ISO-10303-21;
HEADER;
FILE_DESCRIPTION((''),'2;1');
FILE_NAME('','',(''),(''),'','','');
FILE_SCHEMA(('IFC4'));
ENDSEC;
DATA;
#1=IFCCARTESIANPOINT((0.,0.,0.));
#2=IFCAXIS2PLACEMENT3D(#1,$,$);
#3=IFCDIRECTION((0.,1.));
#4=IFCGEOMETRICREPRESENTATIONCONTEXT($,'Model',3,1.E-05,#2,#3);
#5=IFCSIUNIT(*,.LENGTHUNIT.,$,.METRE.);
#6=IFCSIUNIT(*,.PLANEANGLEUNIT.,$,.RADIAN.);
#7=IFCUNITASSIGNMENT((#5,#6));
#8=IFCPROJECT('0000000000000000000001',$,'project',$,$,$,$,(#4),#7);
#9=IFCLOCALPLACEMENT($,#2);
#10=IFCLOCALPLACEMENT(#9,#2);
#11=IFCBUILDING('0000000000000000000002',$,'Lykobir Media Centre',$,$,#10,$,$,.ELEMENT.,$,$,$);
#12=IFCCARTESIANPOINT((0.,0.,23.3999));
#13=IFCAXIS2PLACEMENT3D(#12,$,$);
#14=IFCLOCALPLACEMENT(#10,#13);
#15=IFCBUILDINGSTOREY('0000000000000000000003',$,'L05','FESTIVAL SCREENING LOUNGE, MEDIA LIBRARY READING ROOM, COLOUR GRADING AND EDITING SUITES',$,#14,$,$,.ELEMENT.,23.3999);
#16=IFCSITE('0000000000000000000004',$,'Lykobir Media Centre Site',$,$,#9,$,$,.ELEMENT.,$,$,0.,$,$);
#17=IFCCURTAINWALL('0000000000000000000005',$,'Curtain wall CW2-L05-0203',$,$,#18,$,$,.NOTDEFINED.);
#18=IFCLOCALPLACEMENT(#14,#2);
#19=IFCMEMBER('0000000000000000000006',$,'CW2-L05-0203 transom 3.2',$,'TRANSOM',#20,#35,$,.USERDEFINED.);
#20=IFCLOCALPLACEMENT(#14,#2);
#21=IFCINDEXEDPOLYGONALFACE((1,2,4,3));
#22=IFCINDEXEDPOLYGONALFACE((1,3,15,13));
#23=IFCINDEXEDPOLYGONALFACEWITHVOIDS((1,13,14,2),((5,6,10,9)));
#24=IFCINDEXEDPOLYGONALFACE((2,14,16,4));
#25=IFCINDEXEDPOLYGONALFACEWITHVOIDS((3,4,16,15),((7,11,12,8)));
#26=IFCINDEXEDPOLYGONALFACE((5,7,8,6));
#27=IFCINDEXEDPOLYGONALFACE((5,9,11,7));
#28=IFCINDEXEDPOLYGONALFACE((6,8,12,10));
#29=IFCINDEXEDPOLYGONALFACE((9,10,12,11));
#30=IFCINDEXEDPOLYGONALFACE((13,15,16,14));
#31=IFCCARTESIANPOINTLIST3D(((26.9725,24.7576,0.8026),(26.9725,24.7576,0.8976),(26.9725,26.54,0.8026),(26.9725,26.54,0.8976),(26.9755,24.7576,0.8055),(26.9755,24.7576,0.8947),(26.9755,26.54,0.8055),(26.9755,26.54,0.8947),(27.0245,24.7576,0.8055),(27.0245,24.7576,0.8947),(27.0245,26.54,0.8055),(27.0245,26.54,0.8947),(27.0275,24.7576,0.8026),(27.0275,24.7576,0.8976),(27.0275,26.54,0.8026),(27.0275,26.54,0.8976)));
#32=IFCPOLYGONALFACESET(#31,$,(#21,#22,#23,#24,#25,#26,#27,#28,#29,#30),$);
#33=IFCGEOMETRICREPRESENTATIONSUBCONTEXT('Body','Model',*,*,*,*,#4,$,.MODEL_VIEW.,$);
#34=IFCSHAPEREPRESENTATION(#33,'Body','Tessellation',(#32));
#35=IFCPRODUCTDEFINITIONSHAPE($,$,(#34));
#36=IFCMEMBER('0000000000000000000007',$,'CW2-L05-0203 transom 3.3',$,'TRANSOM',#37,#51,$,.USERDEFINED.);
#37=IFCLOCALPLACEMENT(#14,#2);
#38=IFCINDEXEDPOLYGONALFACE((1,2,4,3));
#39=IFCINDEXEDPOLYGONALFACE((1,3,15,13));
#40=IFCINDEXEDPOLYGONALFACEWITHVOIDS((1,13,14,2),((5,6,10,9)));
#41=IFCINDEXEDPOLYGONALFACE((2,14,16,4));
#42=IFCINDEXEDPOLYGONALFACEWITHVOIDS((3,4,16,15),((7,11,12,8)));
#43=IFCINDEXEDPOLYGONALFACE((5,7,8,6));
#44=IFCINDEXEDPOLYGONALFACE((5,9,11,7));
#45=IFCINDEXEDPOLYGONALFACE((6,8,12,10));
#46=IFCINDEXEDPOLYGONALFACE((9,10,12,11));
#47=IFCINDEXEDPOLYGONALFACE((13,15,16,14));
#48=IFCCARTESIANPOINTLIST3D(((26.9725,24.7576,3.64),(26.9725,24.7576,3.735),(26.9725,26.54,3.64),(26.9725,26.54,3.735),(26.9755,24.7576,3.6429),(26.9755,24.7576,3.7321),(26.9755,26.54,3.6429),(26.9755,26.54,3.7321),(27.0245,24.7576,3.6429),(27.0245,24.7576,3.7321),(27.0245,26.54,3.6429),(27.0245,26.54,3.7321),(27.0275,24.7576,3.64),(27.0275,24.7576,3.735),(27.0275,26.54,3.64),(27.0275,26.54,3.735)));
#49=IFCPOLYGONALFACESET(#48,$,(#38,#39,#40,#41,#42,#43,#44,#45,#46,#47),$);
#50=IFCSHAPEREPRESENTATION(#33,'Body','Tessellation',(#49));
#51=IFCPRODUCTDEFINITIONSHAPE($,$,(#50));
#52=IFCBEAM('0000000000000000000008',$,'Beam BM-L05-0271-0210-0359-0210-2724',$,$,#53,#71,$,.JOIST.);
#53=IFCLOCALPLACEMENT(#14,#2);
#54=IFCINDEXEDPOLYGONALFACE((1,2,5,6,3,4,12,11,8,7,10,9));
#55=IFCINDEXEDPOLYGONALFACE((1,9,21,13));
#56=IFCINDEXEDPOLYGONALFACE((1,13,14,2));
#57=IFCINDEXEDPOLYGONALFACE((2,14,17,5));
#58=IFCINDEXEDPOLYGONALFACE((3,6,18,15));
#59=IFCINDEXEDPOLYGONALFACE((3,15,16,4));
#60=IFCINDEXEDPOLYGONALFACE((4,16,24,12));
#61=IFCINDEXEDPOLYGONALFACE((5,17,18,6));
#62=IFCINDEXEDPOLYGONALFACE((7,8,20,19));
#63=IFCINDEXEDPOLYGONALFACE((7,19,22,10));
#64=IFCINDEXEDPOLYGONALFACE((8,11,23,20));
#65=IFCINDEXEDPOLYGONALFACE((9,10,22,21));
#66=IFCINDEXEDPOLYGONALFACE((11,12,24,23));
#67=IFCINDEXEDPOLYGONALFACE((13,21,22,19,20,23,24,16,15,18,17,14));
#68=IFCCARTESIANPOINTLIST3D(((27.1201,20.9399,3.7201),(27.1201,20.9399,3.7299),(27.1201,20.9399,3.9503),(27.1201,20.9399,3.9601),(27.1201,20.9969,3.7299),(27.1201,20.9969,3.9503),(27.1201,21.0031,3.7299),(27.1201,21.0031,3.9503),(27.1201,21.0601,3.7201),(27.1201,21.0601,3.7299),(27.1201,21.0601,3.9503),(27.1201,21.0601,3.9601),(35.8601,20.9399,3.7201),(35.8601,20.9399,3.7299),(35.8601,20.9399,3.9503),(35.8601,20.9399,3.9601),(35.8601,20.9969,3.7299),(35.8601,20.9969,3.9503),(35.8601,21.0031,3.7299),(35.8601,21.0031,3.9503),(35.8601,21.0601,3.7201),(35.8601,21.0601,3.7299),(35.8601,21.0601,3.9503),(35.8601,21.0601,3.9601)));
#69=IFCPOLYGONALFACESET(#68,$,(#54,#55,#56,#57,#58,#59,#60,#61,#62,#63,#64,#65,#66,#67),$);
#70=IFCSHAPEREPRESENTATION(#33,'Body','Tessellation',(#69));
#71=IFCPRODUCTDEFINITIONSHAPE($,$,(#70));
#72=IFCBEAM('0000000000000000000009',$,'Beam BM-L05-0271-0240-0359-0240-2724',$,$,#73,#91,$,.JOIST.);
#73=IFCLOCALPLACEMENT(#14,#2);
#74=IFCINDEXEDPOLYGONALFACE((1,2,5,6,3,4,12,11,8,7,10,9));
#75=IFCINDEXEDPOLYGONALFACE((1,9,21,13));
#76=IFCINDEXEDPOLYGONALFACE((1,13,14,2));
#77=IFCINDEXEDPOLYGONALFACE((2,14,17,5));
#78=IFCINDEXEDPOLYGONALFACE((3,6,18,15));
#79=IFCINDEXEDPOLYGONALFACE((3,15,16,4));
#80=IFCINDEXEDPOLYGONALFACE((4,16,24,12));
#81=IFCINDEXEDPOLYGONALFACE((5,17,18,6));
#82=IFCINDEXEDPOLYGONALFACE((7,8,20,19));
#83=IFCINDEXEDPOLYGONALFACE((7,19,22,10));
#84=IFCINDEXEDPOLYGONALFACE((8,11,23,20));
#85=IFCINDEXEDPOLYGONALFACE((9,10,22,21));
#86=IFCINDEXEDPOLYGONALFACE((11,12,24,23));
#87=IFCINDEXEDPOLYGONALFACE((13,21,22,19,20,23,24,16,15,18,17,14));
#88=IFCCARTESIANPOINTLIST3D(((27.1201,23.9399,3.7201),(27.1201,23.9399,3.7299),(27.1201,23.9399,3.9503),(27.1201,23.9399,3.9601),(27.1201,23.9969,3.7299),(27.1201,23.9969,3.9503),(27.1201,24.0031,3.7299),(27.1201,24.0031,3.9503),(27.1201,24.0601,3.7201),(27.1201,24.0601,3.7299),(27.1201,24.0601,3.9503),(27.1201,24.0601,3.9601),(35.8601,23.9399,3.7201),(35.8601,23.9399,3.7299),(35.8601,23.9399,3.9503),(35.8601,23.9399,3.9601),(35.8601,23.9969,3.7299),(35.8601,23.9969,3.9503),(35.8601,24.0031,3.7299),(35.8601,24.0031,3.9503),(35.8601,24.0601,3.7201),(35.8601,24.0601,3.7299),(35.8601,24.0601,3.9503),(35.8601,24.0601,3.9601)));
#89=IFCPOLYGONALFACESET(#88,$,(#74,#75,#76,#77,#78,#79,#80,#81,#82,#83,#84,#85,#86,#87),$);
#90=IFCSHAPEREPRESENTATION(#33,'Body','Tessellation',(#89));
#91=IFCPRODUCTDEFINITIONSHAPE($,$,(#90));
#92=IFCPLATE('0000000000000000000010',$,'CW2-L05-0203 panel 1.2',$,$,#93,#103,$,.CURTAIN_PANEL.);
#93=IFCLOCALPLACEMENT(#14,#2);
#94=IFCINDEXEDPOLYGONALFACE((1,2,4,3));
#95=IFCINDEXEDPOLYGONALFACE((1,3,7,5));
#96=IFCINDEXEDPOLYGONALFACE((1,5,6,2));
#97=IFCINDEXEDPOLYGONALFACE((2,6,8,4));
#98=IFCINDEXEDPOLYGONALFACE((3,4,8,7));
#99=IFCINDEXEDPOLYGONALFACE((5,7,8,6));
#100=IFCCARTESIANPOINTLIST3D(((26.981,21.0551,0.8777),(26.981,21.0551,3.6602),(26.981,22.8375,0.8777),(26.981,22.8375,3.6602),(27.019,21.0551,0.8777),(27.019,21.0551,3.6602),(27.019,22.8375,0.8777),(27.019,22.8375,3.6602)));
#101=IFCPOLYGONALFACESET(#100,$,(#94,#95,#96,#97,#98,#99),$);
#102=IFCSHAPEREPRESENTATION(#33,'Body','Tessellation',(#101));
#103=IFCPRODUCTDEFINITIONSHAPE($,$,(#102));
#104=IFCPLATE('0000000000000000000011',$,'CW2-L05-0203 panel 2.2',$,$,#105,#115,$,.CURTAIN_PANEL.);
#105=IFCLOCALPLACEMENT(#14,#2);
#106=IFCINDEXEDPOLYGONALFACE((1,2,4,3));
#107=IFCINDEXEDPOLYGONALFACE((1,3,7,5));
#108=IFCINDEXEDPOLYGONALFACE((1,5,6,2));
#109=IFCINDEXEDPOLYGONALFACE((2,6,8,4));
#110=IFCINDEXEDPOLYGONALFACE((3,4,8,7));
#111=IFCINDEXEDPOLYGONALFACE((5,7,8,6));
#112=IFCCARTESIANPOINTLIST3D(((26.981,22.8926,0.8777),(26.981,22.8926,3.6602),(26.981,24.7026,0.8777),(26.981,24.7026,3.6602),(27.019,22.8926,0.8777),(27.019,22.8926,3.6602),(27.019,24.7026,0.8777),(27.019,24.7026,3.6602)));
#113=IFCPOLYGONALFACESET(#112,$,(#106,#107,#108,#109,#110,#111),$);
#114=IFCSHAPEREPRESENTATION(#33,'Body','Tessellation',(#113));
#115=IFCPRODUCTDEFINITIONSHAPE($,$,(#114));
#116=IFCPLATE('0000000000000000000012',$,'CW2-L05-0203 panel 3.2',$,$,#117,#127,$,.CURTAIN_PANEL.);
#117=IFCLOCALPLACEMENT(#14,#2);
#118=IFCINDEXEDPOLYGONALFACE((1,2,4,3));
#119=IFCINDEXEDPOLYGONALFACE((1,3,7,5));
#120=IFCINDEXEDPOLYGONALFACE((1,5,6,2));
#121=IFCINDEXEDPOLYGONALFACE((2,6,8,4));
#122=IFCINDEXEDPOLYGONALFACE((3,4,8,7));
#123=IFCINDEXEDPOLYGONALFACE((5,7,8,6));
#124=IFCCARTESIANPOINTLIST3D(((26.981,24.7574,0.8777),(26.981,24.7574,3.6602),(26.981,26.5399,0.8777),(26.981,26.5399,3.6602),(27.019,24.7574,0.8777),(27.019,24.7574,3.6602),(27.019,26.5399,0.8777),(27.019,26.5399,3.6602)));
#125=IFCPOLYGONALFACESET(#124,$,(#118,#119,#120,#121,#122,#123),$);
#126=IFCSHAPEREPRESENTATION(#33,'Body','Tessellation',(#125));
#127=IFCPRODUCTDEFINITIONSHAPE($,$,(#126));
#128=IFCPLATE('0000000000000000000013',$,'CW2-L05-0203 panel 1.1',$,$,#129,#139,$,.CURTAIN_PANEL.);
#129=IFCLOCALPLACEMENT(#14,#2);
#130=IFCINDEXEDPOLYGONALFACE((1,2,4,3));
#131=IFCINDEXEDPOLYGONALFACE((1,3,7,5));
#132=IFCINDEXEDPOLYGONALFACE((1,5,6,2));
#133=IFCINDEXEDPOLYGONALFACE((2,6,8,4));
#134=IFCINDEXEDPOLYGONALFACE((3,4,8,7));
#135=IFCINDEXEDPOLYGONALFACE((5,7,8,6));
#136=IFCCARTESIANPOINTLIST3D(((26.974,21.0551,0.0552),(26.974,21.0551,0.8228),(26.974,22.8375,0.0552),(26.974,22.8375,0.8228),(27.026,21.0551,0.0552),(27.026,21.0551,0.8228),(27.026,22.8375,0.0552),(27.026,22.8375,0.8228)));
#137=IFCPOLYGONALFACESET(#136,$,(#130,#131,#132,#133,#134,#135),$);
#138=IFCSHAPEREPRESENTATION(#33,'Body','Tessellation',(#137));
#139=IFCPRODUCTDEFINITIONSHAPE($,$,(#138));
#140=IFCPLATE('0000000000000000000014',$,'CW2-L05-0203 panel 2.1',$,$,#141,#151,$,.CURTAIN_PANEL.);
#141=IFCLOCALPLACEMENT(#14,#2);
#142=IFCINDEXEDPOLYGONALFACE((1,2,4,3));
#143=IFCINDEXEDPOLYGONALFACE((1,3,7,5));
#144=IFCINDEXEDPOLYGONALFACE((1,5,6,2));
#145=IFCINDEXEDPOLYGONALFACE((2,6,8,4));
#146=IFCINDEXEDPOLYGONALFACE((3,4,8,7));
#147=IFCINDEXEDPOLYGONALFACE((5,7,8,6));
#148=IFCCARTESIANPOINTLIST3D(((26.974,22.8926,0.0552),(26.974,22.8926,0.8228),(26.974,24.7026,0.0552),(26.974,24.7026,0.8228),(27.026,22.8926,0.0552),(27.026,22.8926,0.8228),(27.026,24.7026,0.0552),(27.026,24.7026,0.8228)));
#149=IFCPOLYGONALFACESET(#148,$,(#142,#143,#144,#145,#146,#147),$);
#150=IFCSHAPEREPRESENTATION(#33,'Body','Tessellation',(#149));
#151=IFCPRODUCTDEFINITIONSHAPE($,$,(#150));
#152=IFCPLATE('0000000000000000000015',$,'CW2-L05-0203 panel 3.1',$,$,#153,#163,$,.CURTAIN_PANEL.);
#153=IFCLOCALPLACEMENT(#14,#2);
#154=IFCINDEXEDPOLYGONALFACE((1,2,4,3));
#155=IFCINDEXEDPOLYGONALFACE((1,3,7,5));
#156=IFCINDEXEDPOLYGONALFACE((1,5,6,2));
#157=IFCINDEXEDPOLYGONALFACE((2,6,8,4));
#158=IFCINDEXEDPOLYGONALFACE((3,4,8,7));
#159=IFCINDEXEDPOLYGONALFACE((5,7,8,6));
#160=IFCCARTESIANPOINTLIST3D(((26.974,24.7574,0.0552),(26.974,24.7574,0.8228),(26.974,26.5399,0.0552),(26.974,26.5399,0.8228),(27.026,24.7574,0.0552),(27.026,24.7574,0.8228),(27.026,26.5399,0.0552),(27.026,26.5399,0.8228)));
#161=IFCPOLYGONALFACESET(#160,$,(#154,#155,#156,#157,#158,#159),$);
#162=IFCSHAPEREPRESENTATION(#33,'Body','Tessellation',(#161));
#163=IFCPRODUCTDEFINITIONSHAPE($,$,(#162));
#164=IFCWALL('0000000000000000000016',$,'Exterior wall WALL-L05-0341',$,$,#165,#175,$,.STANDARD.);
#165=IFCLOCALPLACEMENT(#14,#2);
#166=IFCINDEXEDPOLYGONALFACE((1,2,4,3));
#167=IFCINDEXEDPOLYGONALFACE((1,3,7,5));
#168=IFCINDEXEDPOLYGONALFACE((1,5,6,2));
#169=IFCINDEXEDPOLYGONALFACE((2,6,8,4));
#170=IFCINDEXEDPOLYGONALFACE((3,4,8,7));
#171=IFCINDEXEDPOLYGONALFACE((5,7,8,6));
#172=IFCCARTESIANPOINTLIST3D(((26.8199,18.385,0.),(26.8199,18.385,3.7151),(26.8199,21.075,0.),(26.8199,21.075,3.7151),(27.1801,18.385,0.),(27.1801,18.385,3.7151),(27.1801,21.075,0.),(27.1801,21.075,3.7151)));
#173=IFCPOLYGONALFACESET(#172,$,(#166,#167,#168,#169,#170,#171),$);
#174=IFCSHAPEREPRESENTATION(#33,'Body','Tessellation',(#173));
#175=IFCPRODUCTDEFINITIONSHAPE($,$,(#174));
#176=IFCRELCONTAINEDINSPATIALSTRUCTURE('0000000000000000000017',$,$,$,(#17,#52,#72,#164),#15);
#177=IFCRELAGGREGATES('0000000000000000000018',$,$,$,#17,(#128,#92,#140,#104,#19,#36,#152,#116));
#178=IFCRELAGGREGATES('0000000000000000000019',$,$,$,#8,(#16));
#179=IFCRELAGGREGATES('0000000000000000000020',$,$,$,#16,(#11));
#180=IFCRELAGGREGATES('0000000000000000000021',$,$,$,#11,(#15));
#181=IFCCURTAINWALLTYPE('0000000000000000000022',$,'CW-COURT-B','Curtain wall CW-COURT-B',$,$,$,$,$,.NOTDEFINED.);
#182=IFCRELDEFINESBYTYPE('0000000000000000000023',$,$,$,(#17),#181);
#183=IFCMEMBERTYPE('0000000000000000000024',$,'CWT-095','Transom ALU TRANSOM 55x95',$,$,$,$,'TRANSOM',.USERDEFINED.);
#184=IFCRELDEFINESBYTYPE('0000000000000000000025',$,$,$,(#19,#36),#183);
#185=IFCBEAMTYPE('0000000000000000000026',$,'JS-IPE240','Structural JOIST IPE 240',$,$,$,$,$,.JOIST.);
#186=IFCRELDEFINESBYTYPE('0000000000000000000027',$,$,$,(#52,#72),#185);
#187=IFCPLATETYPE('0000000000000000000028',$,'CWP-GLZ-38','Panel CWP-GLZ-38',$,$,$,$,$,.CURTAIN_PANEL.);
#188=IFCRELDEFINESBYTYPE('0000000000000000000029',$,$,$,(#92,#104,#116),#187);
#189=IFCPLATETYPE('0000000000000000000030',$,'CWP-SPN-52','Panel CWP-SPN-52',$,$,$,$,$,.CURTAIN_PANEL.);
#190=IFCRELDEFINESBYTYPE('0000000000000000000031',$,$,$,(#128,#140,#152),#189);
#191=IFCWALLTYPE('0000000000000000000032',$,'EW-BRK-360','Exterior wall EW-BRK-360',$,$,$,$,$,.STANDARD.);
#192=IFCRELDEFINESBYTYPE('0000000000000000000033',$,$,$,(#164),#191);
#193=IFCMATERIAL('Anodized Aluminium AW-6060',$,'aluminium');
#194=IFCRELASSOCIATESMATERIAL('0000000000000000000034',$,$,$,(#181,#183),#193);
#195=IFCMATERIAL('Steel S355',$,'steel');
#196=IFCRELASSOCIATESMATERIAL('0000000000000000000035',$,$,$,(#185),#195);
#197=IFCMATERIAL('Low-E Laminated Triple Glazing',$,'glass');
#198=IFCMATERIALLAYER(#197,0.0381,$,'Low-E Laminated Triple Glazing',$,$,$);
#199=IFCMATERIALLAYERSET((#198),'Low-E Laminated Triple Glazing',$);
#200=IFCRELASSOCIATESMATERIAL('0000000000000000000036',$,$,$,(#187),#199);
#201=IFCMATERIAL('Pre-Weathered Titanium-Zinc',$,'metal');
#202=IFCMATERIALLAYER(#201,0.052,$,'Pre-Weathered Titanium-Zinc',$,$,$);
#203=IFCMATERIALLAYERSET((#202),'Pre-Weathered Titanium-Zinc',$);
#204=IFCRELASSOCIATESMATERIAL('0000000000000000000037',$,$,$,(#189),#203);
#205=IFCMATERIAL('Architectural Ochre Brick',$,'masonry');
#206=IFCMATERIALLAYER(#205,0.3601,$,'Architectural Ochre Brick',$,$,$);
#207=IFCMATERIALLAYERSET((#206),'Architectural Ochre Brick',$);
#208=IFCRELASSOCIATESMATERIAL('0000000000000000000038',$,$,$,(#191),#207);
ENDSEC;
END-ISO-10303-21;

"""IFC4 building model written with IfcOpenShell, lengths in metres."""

from ifc_helpers import new_model, si_unit, direction, frame, frame_2d, origin, origin_2d, place, context, subcontext, project, spatial, rectangle, hollow_rectangle, i_section, extrude, material, layer, layer_set, material_profile, profile_set, type_object, element, aggregate, save


model = new_model("IFC4")

# Units and contexts
model_context = context("Model", 3, precision=1e-05, world=origin(), true_north=direction((0.0, 1.0)))
body_context = subcontext(model_context, "Body", "Model", "MODEL_VIEW")
ifc_project = project(units=[si_unit("LENGTHUNIT", "METRE"), si_unit("PLANEANGLEUNIT", "RADIAN")], contexts=[model_context])

# Site, building, storey
site_placement = place(None, origin())
site = spatial("IfcSite", under=ifc_project, at=site_placement, Name="Lykobir Media Centre Site", CompositionType="ELEMENT", RefElevation=0.0)
building_placement = place(site_placement, origin())
building = spatial("IfcBuilding", under=site, at=building_placement, Name="Lykobir Media Centre", CompositionType="ELEMENT")
storey_placement = place(building_placement, frame((0.0, 0.0, 23.3999)))
storey = spatial("IfcBuildingStorey", under=building, at=storey_placement, Name="L05", Description="FESTIVAL SCREENING LOUNGE, MEDIA LIBRARY READING ROOM, COLOUR GRADING AND EDITING SUITES", CompositionType="ELEMENT", Elevation=23.3999)

# Shared definitions
ifc_material_1 = material(Name="Steel S355", Category="steel")

# Curtain wall, members
ifc_material_2 = material(Name="Anodized Aluminium AW-6060", Category="aluminium")
curtain_wall_type = type_object("IfcCurtainWallType", Name="CW-COURT-B", Description="Curtain wall CW-COURT-B", PredefinedType="NOTDEFINED", material=ifc_material_2)
curtain_wall_placement = place(storey_placement, origin())
curtain_wall = element("IfcCurtainWall", 1, at=curtain_wall_placement, inside=storey, type_object=curtain_wall_type, Name="Curtain wall CW2-L05-0203", PredefinedType="NOTDEFINED")
ifc_material_profile_1 = material_profile(ifc_material_2, hollow_rectangle(XDim=0.0549, YDim=0.095, WallThickness=0.0029, at=origin_2d()), Name="ALU TRANSOM 55x95")
ifc_profile_set_1 = profile_set([ifc_material_profile_1], Name="Anodized Aluminium AW-6060")
member_type_1 = type_object("IfcMemberType", Name="CWT-095", Description="Transom ALU TRANSOM 55x95", ElementType="TRANSOM", PredefinedType="USERDEFINED", material=ifc_profile_set_1)
member_1_placement = place(storey_placement, frame((27.0, 24.7576, 0.8501), z_axis=(0.0, 1.0, 0.0), x_axis=(-1.0, 0.0, 0.0)))
member_1 = element("IfcMember", 2, at=member_1_placement, type_object=member_type_1, Name="CW2-L05-0203 transom 3.2", ObjectType="TRANSOM", PredefinedType="USERDEFINED", context=body_context, shape_type="SweptSolid", body=[
    extrude(hollow_rectangle(XDim=0.0549, YDim=0.095, WallThickness=0.0029, at=origin_2d()), origin(), (0.0, 0.0, 1.0), 1.7825),
])
member_2_placement = place(storey_placement, frame((27.0, 24.7576, 3.6875), z_axis=(0.0, 1.0, 0.0), x_axis=(-1.0, 0.0, 0.0)))
member_2 = element("IfcMember", 3, at=member_2_placement, type_object=member_type_1, Name="CW2-L05-0203 transom 3.3", ObjectType="TRANSOM", PredefinedType="USERDEFINED", context=body_context, shape_type="SweptSolid", body=[
    extrude(hollow_rectangle(XDim=0.0549, YDim=0.095, WallThickness=0.0029, at=origin_2d()), origin(), (0.0, 0.0, 1.0), 1.7825),
])

# Beams
ifc_material_profile_2 = material_profile(ifc_material_1, i_section(OverallWidth=0.1201, OverallDepth=0.24, WebThickness=0.0061, FlangeThickness=0.0098, at=origin_2d()), Name="IPE 240")
ifc_profile_set_2 = profile_set([ifc_material_profile_2], Name="Steel S355")
beam_type_1 = type_object("IfcBeamType", Name="JS-IPE240", Description="Structural JOIST IPE 240", PredefinedType="JOIST", material=ifc_profile_set_2)
for number, where, z_axis, x_axis, name in (
    (4, (27.1201, 21.0, 3.8401), (1.0, 0.0, 0.0), (0.0, 1.0, 0.0), "Beam BM-L05-0271-0210-0359-0210-2724"),
    (5, (27.1201, 24.0, 3.8401), (1.0, 0.0, 0.0), (0.0, 1.0, 0.0), "Beam BM-L05-0271-0240-0359-0240-2724"),
):
    element("IfcBeam", number, at=place(storey_placement, frame(where, z_axis=z_axis, x_axis=x_axis)), inside=storey, type_object=beam_type_1, Name=name, PredefinedType="JOIST", context=body_context, shape_type="SweptSolid", body=[
        extrude(i_section(OverallWidth=0.1201, OverallDepth=0.24, WebThickness=0.0061, FlangeThickness=0.0098, at=origin_2d()), origin(), (0.0, 0.0, 1.0), 8.74),
    ])

# Plates
ifc_material_3 = material(Name="Low-E Laminated Triple Glazing", Category="glass")
ifc_layer_1 = layer(ifc_material_3, 0.0381, Name="Low-E Laminated Triple Glazing")
ifc_layer_set_1 = layer_set([ifc_layer_1], Name="Low-E Laminated Triple Glazing")
plate_type_1 = type_object("IfcPlateType", Name="CWP-GLZ-38", Description="Panel CWP-GLZ-38", PredefinedType="CURTAIN_PANEL", material=ifc_layer_set_1)
plate_1_placement = place(storey_placement, frame((27.0, 21.9463, 0.8777), z_axis=(0.0, 0.0, 1.0), x_axis=(0.0, 1.0, 0.0)))
plate_1 = element("IfcPlate", 6, at=plate_1_placement, type_object=plate_type_1, Name="CW2-L05-0203 panel 1.2", PredefinedType="CURTAIN_PANEL", context=body_context, shape_type="SweptSolid", body=[
    extrude(rectangle(XDim=1.7825, YDim=0.0381, at=origin_2d()), origin(), (0.0, 0.0, 1.0), 2.7825),
])
plate_2_placement = place(storey_placement, frame((27.0, 23.7976, 0.8777), z_axis=(0.0, 0.0, 1.0), x_axis=(0.0, 1.0, 0.0)))
plate_2 = element("IfcPlate", 7, at=plate_2_placement, type_object=plate_type_1, Name="CW2-L05-0203 panel 2.2", PredefinedType="CURTAIN_PANEL", context=body_context, shape_type="SweptSolid", body=[
    extrude(rectangle(XDim=1.8101, YDim=0.0381, at=origin_2d()), origin(), (0.0, 0.0, 1.0), 2.7825),
])
plate_3_placement = place(storey_placement, frame((27.0, 25.6487, 0.8777), z_axis=(0.0, 0.0, 1.0), x_axis=(0.0, 1.0, 0.0)))
plate_3 = element("IfcPlate", 8, at=plate_3_placement, type_object=plate_type_1, Name="CW2-L05-0203 panel 3.2", PredefinedType="CURTAIN_PANEL", context=body_context, shape_type="SweptSolid", body=[
    extrude(rectangle(XDim=1.7825, YDim=0.0381, at=origin_2d()), origin(), (0.0, 0.0, 1.0), 2.7825),
])
ifc_material_4 = material(Name="Pre-Weathered Titanium-Zinc", Category="metal")
ifc_layer_2 = layer(ifc_material_4, 0.052, Name="Pre-Weathered Titanium-Zinc")
ifc_layer_set_2 = layer_set([ifc_layer_2], Name="Pre-Weathered Titanium-Zinc")
plate_type_2 = type_object("IfcPlateType", Name="CWP-SPN-52", Description="Panel CWP-SPN-52", PredefinedType="CURTAIN_PANEL", material=ifc_layer_set_2)
plate_4_placement = place(storey_placement, frame((27.0, 21.9463, 0.0552), z_axis=(0.0, 0.0, 1.0), x_axis=(0.0, 1.0, 0.0)))
plate_4 = element("IfcPlate", 9, at=plate_4_placement, type_object=plate_type_2, Name="CW2-L05-0203 panel 1.1", PredefinedType="CURTAIN_PANEL", context=body_context, shape_type="SweptSolid", body=[
    extrude(rectangle(XDim=1.7825, YDim=0.052, at=origin_2d()), origin(), (0.0, 0.0, 1.0), 0.7676),
])
plate_5_placement = place(storey_placement, frame((27.0, 23.7976, 0.0552), z_axis=(0.0, 0.0, 1.0), x_axis=(0.0, 1.0, 0.0)))
plate_5 = element("IfcPlate", 10, at=plate_5_placement, type_object=plate_type_2, Name="CW2-L05-0203 panel 2.1", PredefinedType="CURTAIN_PANEL", context=body_context, shape_type="SweptSolid", body=[
    extrude(rectangle(XDim=1.8101, YDim=0.052, at=origin_2d()), origin(), (0.0, 0.0, 1.0), 0.7676),
])
plate_6_placement = place(storey_placement, frame((27.0, 25.6487, 0.0552), z_axis=(0.0, 0.0, 1.0), x_axis=(0.0, 1.0, 0.0)))
plate_6 = element("IfcPlate", 11, at=plate_6_placement, type_object=plate_type_2, Name="CW2-L05-0203 panel 3.1", PredefinedType="CURTAIN_PANEL", context=body_context, shape_type="SweptSolid", body=[
    extrude(rectangle(XDim=1.7825, YDim=0.052, at=origin_2d()), origin(), (0.0, 0.0, 1.0), 0.7676),
])
aggregate(curtain_wall, [plate_4, plate_1, plate_5, plate_2, member_1, member_2, plate_6, plate_3])

# Wall
ifc_material_5 = material(Name="Architectural Ochre Brick", Category="masonry")
ifc_layer_3 = layer(ifc_material_5, 0.3601, Name="Architectural Ochre Brick")
ifc_layer_set_3 = layer_set([ifc_layer_3], Name="Architectural Ochre Brick")
wall_type = type_object("IfcWallType", Name="EW-BRK-360", Description="Exterior wall EW-BRK-360", PredefinedType="STANDARD", material=ifc_layer_set_3)
wall_placement = place(storey_placement, frame((27.0, 21.075, 0.0), z_axis=(0.0, 0.0, 1.0), x_axis=(0.0, -1.0, 0.0)))
element("IfcWall", 12, at=wall_placement, inside=storey, type_object=wall_type, Name="Exterior wall WALL-L05-0341", PredefinedType="STANDARD", context=body_context, shape_type="SweptSolid", body=[
    extrude(rectangle(XDim=2.6899, YDim=0.3601, at=frame_2d((1.345, 0.0))), origin(), (0.0, 0.0, 1.0), 3.7151),
])

save(model, "model.ifc")
